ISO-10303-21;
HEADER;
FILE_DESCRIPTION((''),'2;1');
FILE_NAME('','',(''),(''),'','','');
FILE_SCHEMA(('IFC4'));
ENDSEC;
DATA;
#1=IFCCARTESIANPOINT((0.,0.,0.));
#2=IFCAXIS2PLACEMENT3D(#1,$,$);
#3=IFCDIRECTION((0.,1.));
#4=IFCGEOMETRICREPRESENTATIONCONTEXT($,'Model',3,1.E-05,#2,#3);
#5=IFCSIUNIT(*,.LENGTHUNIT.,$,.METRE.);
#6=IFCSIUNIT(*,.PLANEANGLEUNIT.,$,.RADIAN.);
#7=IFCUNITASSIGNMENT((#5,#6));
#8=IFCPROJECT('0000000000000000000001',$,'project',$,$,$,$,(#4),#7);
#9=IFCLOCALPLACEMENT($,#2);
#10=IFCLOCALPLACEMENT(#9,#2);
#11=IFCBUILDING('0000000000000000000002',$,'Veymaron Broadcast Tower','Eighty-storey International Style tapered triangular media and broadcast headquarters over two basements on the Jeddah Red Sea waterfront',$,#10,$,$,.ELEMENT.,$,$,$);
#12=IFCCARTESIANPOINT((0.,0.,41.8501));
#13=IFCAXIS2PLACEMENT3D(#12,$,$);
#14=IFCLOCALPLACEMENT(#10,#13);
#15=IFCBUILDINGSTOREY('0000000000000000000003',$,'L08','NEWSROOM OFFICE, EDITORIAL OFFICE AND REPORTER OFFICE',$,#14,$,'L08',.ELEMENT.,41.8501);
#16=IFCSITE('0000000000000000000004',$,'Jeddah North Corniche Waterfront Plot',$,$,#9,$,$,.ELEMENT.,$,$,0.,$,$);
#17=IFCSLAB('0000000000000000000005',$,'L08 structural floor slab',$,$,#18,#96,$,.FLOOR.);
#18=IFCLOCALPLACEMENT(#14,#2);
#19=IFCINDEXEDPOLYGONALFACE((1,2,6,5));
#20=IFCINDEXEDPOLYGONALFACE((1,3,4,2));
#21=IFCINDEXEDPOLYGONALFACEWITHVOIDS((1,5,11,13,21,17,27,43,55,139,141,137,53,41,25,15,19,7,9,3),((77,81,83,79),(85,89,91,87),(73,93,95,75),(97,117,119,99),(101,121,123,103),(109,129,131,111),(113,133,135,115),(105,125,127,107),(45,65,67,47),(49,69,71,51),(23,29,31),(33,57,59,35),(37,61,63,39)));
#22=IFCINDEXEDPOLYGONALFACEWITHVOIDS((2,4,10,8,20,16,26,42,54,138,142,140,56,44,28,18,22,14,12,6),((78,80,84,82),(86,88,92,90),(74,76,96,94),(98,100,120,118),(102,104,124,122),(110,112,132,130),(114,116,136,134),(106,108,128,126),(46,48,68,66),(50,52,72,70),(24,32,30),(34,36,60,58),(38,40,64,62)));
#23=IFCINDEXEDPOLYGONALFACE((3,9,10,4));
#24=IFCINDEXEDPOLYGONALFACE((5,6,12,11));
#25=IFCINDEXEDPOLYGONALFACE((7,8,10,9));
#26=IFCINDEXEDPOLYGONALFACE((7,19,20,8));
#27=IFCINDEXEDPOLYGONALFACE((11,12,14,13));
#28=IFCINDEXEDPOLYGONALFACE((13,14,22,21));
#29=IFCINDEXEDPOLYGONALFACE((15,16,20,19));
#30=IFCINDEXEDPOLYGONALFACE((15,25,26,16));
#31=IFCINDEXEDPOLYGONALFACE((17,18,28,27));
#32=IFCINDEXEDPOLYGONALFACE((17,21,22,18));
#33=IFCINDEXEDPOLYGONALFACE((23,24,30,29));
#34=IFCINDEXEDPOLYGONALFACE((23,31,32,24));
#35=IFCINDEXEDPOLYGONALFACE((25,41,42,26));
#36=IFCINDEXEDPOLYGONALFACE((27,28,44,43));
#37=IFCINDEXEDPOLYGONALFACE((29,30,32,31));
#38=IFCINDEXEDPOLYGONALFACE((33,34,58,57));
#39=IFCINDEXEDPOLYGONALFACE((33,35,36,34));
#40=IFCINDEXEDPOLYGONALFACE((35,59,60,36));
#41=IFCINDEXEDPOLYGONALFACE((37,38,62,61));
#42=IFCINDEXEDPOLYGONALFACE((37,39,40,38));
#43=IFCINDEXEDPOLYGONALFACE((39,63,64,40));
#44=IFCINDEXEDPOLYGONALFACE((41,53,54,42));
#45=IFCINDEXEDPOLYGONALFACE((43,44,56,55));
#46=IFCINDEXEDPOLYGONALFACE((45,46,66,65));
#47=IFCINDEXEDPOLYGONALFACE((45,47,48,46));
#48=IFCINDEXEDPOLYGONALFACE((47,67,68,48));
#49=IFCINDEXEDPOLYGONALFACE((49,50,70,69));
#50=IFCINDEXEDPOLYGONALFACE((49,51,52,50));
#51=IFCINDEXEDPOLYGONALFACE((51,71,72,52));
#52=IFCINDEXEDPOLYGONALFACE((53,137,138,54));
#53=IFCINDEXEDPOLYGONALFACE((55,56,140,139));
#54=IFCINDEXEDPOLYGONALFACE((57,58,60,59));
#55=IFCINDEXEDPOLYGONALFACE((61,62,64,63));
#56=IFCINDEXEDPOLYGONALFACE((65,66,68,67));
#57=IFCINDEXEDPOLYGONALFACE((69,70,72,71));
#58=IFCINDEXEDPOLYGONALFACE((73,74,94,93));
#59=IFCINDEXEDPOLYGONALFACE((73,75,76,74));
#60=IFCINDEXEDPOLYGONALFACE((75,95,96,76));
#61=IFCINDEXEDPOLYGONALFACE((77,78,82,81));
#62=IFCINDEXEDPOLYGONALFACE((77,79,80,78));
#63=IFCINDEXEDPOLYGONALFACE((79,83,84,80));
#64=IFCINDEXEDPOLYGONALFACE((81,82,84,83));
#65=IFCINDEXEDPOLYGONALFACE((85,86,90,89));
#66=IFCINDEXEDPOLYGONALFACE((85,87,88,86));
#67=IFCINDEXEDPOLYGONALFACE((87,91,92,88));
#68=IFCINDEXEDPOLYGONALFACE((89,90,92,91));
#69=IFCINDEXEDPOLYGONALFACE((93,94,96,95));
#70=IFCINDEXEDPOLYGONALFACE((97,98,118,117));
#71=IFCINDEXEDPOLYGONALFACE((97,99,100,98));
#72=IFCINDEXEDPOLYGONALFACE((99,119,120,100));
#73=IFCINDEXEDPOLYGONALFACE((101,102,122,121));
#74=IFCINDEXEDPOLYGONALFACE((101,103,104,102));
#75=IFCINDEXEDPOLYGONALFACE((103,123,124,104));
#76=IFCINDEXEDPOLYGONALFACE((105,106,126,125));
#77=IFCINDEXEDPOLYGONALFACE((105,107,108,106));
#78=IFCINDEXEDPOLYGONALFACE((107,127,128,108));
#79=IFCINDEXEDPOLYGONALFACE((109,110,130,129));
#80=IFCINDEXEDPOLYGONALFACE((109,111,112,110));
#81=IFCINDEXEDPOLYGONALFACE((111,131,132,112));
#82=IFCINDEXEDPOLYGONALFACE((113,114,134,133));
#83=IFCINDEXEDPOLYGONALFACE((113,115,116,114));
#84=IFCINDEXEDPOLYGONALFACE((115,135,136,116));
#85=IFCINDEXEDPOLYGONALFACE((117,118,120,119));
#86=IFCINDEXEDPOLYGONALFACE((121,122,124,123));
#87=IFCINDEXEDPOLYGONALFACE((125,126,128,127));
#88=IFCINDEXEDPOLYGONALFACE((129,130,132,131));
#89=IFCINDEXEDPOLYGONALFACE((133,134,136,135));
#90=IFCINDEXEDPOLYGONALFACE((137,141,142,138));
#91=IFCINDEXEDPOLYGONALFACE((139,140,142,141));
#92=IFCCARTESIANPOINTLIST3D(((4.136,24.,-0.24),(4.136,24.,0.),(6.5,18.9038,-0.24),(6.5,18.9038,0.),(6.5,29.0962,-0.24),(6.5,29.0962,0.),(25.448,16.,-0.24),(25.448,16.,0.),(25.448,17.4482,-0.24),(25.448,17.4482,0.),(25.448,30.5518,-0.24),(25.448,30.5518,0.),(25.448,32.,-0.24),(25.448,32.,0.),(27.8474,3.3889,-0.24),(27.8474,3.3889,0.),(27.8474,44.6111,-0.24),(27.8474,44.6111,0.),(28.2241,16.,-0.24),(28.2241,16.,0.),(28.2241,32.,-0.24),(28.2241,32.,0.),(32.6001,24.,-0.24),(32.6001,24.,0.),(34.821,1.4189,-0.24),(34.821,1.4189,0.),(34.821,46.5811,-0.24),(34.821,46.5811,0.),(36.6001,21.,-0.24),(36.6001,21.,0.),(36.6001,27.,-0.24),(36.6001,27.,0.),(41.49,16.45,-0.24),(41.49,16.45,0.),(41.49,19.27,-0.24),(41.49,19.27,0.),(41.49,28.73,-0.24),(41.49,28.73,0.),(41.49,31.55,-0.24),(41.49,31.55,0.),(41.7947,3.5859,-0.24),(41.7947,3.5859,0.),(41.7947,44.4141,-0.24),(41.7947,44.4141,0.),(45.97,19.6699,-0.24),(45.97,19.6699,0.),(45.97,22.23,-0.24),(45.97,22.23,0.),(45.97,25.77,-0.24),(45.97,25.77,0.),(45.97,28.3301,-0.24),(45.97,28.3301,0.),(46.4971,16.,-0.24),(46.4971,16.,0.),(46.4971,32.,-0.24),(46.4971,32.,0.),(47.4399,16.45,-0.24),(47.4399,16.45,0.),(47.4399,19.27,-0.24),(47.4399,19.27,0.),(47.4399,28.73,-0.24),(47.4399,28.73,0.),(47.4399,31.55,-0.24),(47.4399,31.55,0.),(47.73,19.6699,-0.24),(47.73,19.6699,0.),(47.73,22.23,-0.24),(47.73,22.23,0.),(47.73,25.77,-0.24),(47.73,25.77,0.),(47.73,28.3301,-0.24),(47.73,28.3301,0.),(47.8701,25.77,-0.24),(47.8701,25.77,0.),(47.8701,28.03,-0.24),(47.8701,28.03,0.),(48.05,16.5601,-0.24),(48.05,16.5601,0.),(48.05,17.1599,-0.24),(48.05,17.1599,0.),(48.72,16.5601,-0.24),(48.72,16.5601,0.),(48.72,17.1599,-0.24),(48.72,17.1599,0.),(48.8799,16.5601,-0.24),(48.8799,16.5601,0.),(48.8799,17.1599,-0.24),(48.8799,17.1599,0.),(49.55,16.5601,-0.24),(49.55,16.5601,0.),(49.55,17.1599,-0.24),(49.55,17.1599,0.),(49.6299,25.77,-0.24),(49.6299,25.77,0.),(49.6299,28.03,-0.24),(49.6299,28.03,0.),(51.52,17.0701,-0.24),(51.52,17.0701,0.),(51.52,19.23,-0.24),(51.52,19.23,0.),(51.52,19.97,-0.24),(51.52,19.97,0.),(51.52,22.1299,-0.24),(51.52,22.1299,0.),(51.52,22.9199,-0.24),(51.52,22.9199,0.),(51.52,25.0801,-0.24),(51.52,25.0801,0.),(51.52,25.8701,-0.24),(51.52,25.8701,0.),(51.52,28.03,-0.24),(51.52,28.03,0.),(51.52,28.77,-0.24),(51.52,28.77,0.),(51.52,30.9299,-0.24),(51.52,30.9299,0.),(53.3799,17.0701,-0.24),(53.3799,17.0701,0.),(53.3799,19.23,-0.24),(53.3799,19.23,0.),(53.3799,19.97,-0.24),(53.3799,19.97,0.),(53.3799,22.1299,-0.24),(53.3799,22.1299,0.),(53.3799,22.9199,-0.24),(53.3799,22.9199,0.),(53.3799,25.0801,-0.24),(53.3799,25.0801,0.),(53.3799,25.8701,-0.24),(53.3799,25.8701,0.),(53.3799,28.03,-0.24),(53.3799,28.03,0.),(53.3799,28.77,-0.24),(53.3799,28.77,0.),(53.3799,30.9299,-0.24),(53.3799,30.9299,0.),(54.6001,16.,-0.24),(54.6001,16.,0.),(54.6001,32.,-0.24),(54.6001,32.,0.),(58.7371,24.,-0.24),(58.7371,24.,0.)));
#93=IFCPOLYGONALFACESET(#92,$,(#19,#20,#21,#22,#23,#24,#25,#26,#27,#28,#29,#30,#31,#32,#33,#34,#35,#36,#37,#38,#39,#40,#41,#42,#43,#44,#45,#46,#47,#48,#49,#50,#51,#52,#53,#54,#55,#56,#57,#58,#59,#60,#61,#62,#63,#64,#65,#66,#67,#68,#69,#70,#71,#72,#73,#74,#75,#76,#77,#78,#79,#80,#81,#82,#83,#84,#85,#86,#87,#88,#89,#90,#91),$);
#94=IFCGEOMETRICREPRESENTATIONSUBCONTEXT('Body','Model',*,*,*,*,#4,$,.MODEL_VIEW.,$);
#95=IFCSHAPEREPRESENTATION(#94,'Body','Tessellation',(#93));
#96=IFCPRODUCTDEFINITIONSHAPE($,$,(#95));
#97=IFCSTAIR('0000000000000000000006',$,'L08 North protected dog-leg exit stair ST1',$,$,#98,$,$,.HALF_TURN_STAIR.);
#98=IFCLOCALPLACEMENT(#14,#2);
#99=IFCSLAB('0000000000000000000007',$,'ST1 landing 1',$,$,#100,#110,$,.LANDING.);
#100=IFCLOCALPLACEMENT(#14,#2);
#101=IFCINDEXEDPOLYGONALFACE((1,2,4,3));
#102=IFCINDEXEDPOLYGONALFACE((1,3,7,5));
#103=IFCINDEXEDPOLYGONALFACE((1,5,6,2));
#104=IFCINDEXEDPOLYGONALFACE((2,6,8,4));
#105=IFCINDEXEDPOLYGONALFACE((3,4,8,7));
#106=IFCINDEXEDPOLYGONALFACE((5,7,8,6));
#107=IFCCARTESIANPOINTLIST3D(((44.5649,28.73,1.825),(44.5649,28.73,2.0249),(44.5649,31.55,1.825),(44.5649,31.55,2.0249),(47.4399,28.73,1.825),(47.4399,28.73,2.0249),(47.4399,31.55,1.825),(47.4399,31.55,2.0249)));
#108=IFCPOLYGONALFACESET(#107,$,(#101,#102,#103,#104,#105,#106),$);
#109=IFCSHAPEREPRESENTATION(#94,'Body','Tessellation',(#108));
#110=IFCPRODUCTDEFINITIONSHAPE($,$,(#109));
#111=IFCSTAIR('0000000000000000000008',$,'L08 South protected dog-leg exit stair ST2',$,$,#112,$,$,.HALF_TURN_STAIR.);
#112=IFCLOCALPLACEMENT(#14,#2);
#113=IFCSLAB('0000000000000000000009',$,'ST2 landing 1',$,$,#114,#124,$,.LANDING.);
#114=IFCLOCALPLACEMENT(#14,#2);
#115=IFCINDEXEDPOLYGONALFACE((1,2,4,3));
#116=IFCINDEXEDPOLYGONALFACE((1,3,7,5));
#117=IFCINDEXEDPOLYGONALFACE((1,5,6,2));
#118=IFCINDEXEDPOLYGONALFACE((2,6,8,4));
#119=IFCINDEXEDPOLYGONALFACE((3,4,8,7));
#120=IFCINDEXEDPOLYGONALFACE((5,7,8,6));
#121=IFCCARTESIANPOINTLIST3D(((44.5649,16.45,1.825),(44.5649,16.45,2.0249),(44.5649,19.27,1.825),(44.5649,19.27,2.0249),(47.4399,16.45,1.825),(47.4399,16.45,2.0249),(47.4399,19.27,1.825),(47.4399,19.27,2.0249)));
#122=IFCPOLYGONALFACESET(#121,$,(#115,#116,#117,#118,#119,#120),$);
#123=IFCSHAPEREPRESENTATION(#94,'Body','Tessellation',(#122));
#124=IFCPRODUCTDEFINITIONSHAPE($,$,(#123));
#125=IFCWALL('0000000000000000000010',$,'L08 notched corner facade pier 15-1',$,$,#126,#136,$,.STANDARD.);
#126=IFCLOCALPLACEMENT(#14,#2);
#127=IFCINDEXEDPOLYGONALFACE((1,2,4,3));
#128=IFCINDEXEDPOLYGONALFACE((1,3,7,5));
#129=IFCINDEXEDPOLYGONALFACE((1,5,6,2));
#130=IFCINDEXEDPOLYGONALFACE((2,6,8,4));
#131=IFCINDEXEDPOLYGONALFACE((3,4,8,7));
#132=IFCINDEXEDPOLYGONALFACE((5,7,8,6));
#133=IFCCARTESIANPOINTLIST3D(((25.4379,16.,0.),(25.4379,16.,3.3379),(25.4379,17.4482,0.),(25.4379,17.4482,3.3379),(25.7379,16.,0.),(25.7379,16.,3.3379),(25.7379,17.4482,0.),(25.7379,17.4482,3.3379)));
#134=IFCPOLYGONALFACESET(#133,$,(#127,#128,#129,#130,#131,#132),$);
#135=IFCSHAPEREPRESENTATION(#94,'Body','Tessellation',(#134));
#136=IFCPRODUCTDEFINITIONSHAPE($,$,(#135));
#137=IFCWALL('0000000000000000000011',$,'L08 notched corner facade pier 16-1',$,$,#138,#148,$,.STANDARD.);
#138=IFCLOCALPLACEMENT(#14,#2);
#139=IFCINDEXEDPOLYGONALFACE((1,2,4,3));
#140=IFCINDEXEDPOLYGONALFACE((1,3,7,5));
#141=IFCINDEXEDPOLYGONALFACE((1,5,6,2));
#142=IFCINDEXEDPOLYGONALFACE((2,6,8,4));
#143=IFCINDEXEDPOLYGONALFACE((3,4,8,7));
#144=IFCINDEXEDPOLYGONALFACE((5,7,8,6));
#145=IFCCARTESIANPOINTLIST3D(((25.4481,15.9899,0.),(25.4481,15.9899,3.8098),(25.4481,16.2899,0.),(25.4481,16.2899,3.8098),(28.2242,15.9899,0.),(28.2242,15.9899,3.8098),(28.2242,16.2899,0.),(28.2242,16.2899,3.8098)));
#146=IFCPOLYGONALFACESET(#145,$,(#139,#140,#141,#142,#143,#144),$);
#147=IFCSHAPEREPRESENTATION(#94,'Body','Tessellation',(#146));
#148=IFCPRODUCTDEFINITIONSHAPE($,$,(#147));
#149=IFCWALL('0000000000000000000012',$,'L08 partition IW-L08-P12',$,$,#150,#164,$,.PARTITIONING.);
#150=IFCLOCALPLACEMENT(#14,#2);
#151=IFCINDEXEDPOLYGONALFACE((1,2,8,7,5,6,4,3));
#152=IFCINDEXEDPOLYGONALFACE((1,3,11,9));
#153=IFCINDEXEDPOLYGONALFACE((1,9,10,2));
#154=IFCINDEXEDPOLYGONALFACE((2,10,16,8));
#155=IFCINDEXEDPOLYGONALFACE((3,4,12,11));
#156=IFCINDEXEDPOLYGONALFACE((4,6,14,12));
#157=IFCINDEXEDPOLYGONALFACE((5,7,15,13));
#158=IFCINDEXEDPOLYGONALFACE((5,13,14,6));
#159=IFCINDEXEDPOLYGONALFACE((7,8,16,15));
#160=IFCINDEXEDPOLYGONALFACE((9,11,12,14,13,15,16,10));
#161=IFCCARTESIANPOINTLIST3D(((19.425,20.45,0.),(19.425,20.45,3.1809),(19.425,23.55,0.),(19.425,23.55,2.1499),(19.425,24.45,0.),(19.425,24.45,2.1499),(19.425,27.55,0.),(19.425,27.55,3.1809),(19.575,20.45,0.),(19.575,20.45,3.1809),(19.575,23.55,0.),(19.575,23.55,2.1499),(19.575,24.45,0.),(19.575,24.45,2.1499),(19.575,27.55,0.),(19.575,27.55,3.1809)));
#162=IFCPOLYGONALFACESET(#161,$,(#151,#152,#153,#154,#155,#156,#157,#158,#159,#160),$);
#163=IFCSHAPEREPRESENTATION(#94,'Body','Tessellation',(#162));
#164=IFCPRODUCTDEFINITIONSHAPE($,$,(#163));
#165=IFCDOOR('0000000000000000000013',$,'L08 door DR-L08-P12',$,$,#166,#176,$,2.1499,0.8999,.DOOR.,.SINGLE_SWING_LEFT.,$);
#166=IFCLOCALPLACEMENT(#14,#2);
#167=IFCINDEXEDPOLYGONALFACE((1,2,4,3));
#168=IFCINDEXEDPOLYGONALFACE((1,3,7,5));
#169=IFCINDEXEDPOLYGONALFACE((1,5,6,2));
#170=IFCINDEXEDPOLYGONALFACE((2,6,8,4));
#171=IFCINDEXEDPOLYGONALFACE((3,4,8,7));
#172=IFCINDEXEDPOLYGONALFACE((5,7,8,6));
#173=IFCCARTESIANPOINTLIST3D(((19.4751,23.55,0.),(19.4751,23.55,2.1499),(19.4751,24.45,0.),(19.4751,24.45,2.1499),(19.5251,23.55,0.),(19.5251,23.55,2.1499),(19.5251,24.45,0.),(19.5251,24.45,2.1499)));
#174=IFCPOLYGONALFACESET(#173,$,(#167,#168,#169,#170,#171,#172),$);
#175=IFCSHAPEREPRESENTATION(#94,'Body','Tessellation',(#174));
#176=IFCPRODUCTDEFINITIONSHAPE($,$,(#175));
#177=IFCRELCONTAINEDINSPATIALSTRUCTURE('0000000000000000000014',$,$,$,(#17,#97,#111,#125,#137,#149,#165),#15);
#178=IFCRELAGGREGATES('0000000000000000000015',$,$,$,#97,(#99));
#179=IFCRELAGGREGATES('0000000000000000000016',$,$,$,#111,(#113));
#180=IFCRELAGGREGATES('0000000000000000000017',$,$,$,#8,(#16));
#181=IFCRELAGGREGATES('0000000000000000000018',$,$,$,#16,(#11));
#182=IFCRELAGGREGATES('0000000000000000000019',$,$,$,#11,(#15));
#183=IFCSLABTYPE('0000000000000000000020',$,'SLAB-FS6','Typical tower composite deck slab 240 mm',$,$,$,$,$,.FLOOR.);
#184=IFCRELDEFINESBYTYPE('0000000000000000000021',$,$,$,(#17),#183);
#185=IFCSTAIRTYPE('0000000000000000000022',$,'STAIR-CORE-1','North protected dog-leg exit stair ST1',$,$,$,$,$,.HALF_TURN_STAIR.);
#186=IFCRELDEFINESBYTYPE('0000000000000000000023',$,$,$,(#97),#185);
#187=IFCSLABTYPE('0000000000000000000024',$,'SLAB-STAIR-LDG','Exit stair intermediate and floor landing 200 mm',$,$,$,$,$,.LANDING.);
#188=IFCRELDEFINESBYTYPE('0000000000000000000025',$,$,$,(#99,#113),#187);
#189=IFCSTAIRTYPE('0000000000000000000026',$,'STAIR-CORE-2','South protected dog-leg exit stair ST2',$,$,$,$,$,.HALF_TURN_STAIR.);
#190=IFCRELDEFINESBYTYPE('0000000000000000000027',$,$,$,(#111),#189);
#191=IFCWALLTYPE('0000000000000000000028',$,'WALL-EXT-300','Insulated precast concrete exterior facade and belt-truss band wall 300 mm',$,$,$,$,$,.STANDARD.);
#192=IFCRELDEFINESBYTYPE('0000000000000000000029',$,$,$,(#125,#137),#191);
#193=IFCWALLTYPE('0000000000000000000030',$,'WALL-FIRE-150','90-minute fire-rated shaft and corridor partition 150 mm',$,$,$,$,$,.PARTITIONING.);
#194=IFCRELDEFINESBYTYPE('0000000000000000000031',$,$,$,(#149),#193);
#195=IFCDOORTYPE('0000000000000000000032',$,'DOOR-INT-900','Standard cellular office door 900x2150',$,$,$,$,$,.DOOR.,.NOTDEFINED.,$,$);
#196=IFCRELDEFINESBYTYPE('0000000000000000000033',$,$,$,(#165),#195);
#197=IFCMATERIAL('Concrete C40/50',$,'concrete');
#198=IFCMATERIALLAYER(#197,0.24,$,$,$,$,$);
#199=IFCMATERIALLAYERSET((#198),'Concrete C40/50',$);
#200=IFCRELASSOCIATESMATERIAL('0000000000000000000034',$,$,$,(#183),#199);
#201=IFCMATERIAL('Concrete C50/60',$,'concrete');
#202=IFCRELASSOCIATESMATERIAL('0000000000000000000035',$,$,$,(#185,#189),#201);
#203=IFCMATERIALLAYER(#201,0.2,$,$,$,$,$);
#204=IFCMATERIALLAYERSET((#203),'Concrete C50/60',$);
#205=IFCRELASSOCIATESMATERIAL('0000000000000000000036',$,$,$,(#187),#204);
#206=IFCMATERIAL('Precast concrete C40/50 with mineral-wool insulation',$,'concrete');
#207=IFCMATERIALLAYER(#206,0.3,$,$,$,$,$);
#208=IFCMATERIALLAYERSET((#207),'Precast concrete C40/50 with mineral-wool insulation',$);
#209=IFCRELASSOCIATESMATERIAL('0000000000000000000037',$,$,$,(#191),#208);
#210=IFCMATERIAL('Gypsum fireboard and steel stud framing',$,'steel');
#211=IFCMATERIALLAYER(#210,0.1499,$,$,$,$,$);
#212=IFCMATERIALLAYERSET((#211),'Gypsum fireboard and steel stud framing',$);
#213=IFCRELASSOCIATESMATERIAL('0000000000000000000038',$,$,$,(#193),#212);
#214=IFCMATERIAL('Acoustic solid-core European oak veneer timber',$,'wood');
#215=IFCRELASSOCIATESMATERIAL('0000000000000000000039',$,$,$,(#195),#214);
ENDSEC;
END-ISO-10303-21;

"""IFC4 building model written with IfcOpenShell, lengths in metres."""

from ifc_helpers import new_model, si_unit, direction, frame, frame_2d, origin, place, context, subcontext, project, spatial, polyline, rectangle, outline, extrude, material, layer, layer_set, type_object, element, fill, aggregate, save


model = new_model("IFC4")

# Units and contexts
model_context = context("Model", 3, precision=1e-05, world=origin(), true_north=direction((0.0, 1.0)))
body_context = subcontext(model_context, "Body", "Model", "MODEL_VIEW")
ifc_project = project(units=[si_unit("LENGTHUNIT", "METRE"), si_unit("PLANEANGLEUNIT", "RADIAN")], contexts=[model_context])

# Site, building, storey
site_placement = place(None, origin())
site = spatial("IfcSite", under=ifc_project, at=site_placement, Name="Jeddah North Corniche Waterfront Plot", CompositionType="ELEMENT", RefElevation=0.0)
building_placement = place(site_placement, origin())
building = spatial("IfcBuilding", under=site, at=building_placement, Name="Veymaron Broadcast Tower", Description="Eighty-storey International Style tapered triangular media and broadcast headquarters over two basements on the Jeddah Red Sea waterfront", CompositionType="ELEMENT")
storey_placement = place(building_placement, frame((0.0, 0.0, 41.8501)))
storey = spatial("IfcBuildingStorey", under=building, at=storey_placement, Name="L08", Description="NEWSROOM OFFICE, EDITORIAL OFFICE AND REPORTER OFFICE", LongName="L08", CompositionType="ELEMENT", Elevation=41.8501)

# Slab
ifc_material_1 = material(Name="Concrete C40/50", Category="concrete")
ifc_layer_1 = layer(ifc_material_1, 0.24)
ifc_layer_set_1 = layer_set([ifc_layer_1], Name="Concrete C40/50")
slab_type_1 = type_object("IfcSlabType", Name="SLAB-FS6", Description="Typical tower composite deck slab 240 mm", PredefinedType="FLOOR", material=ifc_layer_set_1)
slab_1_placement = place(storey_placement, frame((0.0, 0.0, -0.24)))
element("IfcSlab", 1, at=slab_1_placement, inside=storey, type_object=slab_type_1, Name="L08 structural floor slab", PredefinedType="FLOOR", context=body_context, shape_type="SweptSolid", body=[
    extrude(outline(polyline([(46.4971, 16.0), (54.6001, 16.0), (58.7371, 24.0), (54.6001, 32.0), (46.4971, 32.0), (41.7947, 44.4141), (34.821, 46.5811), (27.8474, 44.6111), (28.2241, 32.0), (25.448, 32.0), (25.448, 30.5518), (6.5, 29.0962), (4.136, 24.0), (6.5, 18.9038), (25.448, 17.4482), (25.448, 16.0), (28.2241, 16.0), (27.8474, 3.3889), (34.821, 1.4189), (41.7947, 3.5859), (46.4971, 16.0)]), holes=[polyline([(45.97, 28.3301), (47.73, 28.3301), (47.73, 25.77), (45.97, 25.77), (45.97, 28.3301)]), polyline([(45.97, 22.23), (47.73, 22.23), (47.73, 19.6699), (45.97, 19.6699), (45.97, 22.23)]), polyline([(47.8701, 28.03), (49.6299, 28.03), (49.6299, 25.77), (47.8701, 25.77), (47.8701, 28.03)]), polyline([(51.52, 30.9299), (53.3799, 30.9299), (53.3799, 28.77), (51.52, 28.77), (51.52, 30.9299)]), polyline([(51.52, 28.03), (53.3799, 28.03), (53.3799, 25.8701), (51.52, 25.8701), (51.52, 28.03)]), polyline([(51.52, 22.1299), (53.3799, 22.1299), (53.3799, 19.97), (51.52, 19.97), (51.52, 22.1299)]), polyline([(51.52, 25.0801), (53.3799, 25.0801), (53.3799, 22.9199), (51.52, 22.9199), (51.52, 25.0801)]), polyline([(51.52, 19.23), (53.3799, 19.23), (53.3799, 17.0701), (51.52, 17.0701), (51.52, 19.23)]), polyline([(48.05, 17.1599), (48.72, 17.1599), (48.72, 16.5601), (48.05, 16.5601), (48.05, 17.1599)]), polyline([(48.8799, 17.1599), (49.55, 17.1599), (49.55, 16.5601), (48.8799, 16.5601), (48.8799, 17.1599)]), polyline([(36.6001, 27.0), (36.6001, 21.0), (32.6001, 24.0), (36.6001, 27.0)]), polyline([(41.49, 31.55), (47.4399, 31.55), (47.4399, 28.73), (41.49, 28.73), (41.49, 31.55)]), polyline([(41.49, 19.27), (47.4399, 19.27), (47.4399, 16.45), (41.49, 16.45), (41.49, 19.27)])]), origin(), (0.0, 0.0, 1.0), 0.24),
])

# Stairs, slabs
ifc_material_2 = material(Name="Concrete C50/60", Category="concrete")
stair_type_1 = type_object("IfcStairType", Name="STAIR-CORE-1", Description="North protected dog-leg exit stair ST1", PredefinedType="HALF_TURN_STAIR", material=ifc_material_2)
stair_1_placement = place(storey_placement, origin())
stair_1 = element("IfcStair", 2, at=stair_1_placement, inside=storey, type_object=stair_type_1, Name="L08 North protected dog-leg exit stair ST1", PredefinedType="HALF_TURN_STAIR")
ifc_layer_2 = layer(ifc_material_2, 0.2)
ifc_layer_set_2 = layer_set([ifc_layer_2], Name="Concrete C50/60")
slab_type_2 = type_object("IfcSlabType", Name="SLAB-STAIR-LDG", Description="Exit stair intermediate and floor landing 200 mm", PredefinedType="LANDING", material=ifc_layer_set_2)
slab_2_placement = place(storey_placement, frame((0.0, 0.0, 1.825)))
slab_2 = element("IfcSlab", 3, at=slab_2_placement, type_object=slab_type_2, Name="ST1 landing 1", PredefinedType="LANDING", context=body_context, shape_type="SweptSolid", body=[
    extrude(outline(polyline([(44.5649, 28.73), (47.4399, 28.73), (47.4399, 31.55), (44.5649, 31.55), (44.5649, 28.73)])), origin(), (0.0, 0.0, 1.0), 0.2),
])
aggregate(stair_1, [slab_2])
stair_type_2 = type_object("IfcStairType", Name="STAIR-CORE-2", Description="South protected dog-leg exit stair ST2", PredefinedType="HALF_TURN_STAIR", material=ifc_material_2)
stair_2_placement = place(storey_placement, origin())
stair_2 = element("IfcStair", 4, at=stair_2_placement, inside=storey, type_object=stair_type_2, Name="L08 South protected dog-leg exit stair ST2", PredefinedType="HALF_TURN_STAIR")
slab_3_placement = place(storey_placement, frame((0.0, 0.0, 1.825)))
slab_3 = element("IfcSlab", 5, at=slab_3_placement, type_object=slab_type_2, Name="ST2 landing 1", PredefinedType="LANDING", context=body_context, shape_type="SweptSolid", body=[
    extrude(outline(polyline([(44.5649, 16.45), (47.4399, 16.45), (47.4399, 19.27), (44.5649, 19.27), (44.5649, 16.45)])), origin(), (0.0, 0.0, 1.0), 0.2),
])
aggregate(stair_2, [slab_3])

# Walls
ifc_material_3 = material(Name="Precast concrete C40/50 with mineral-wool insulation", Category="concrete")
ifc_layer_3 = layer(ifc_material_3, 0.3)
ifc_layer_set_3 = layer_set([ifc_layer_3], Name="Precast concrete C40/50 with mineral-wool insulation")
wall_type_1 = type_object("IfcWallType", Name="WALL-EXT-300", Description="Insulated precast concrete exterior facade and belt-truss band wall 300 mm", PredefinedType="STANDARD", material=ifc_layer_set_3)
wall_1_placement = place(storey_placement, frame((25.5879, 17.4482, 0.0), z_axis=(0.0, 0.0, 1.0), x_axis=(0.0, -1.0, 0.0)))
element("IfcWall", 6, at=wall_1_placement, inside=storey, type_object=wall_type_1, Name="L08 notched corner facade pier 15-1", PredefinedType="STANDARD", context=body_context, shape_type="SweptSolid", body=[
    extrude(rectangle(XDim=1.4482, YDim=0.3, at=frame_2d((0.7241, 0.0))), origin(), (0.0, 0.0, 1.0), 3.3379),
])
wall_2_placement = place(storey_placement, frame((25.448, 16.1399, 0.0), z_axis=(0.0, 0.0, 1.0), x_axis=(1.0, 0.0, 0.0)))
element("IfcWall", 7, at=wall_2_placement, inside=storey, type_object=wall_type_1, Name="L08 notched corner facade pier 16-1", PredefinedType="STANDARD", context=body_context, shape_type="SweptSolid", body=[
    extrude(rectangle(XDim=2.7761, YDim=0.3, at=frame_2d((1.3882, 0.0))), origin(), (0.0, 0.0, 1.0), 3.8098),
])

# Wall, opening, door
ifc_material_4 = material(Name="Gypsum fireboard and steel stud framing", Category="steel")
ifc_layer_4 = layer(ifc_material_4, 0.1499)
ifc_layer_set_4 = layer_set([ifc_layer_4], Name="Gypsum fireboard and steel stud framing")
wall_type_2 = type_object("IfcWallType", Name="WALL-FIRE-150", Description="90-minute fire-rated shaft and corridor partition 150 mm", PredefinedType="PARTITIONING", material=ifc_layer_set_4)
wall_3_placement = place(storey_placement, frame((19.5, 20.45, 0.0), z_axis=(0.0, 0.0, 1.0), x_axis=(0.0, 1.0, 0.0)))
wall_3 = element("IfcWall", 8, at=wall_3_placement, inside=storey, type_object=wall_type_2, Name="L08 partition IW-L08-P12", PredefinedType="PARTITIONING", context=body_context, shape_type="SweptSolid", body=[
    extrude(rectangle(XDim=7.1001, YDim=0.1499, at=frame_2d((3.55, 0.0))), origin(), (0.0, 0.0, 1.0), 3.1809),
])
opening_1_placement = place(wall_3_placement, frame((3.1001, 0.0, 0.0)))
opening_1 = element("IfcOpeningElement", 9, at=opening_1_placement, cuts=wall_3, PredefinedType="OPENING", context=body_context, shape_type="SweptSolid", body=[
    extrude(rectangle(XDim=0.8999, YDim=2.1499, at=frame_2d((0.45, 1.075))), frame((0.0, 0.085, 0.0), z_axis=(0.0, -1.0, 0.0), x_axis=(1.0, 0.0, 0.0)), (0.0, 0.0, 1.0), 0.1699),
])
ifc_material_5 = material(Name="Acoustic solid-core European oak veneer timber", Category="wood")
door_type = type_object("IfcDoorType", Name="DOOR-INT-900", Description="Standard cellular office door 900x2150", OperationType="NOTDEFINED", PredefinedType="DOOR", material=ifc_material_5)
door_1_placement = place(opening_1_placement, origin())
door_1 = element("IfcDoor", 10, at=door_1_placement, inside=storey, type_object=door_type, Name="L08 door DR-L08-P12", OperationType="SINGLE_SWING_LEFT", OverallHeight=2.1499, OverallWidth=0.8999, PredefinedType="DOOR", context=body_context, shape_type="SweptSolid", body=[
    extrude(rectangle(XDim=0.8999, YDim=2.1499, at=frame_2d((0.45, 1.075))), frame((0.0, 0.0249, 0.0), z_axis=(0.0, -1.0, 0.0), x_axis=(1.0, 0.0, 0.0)), (0.0, 0.0, 1.0), 0.05),
])
fill(opening_1, door_1)

save(model, "model.ifc")
